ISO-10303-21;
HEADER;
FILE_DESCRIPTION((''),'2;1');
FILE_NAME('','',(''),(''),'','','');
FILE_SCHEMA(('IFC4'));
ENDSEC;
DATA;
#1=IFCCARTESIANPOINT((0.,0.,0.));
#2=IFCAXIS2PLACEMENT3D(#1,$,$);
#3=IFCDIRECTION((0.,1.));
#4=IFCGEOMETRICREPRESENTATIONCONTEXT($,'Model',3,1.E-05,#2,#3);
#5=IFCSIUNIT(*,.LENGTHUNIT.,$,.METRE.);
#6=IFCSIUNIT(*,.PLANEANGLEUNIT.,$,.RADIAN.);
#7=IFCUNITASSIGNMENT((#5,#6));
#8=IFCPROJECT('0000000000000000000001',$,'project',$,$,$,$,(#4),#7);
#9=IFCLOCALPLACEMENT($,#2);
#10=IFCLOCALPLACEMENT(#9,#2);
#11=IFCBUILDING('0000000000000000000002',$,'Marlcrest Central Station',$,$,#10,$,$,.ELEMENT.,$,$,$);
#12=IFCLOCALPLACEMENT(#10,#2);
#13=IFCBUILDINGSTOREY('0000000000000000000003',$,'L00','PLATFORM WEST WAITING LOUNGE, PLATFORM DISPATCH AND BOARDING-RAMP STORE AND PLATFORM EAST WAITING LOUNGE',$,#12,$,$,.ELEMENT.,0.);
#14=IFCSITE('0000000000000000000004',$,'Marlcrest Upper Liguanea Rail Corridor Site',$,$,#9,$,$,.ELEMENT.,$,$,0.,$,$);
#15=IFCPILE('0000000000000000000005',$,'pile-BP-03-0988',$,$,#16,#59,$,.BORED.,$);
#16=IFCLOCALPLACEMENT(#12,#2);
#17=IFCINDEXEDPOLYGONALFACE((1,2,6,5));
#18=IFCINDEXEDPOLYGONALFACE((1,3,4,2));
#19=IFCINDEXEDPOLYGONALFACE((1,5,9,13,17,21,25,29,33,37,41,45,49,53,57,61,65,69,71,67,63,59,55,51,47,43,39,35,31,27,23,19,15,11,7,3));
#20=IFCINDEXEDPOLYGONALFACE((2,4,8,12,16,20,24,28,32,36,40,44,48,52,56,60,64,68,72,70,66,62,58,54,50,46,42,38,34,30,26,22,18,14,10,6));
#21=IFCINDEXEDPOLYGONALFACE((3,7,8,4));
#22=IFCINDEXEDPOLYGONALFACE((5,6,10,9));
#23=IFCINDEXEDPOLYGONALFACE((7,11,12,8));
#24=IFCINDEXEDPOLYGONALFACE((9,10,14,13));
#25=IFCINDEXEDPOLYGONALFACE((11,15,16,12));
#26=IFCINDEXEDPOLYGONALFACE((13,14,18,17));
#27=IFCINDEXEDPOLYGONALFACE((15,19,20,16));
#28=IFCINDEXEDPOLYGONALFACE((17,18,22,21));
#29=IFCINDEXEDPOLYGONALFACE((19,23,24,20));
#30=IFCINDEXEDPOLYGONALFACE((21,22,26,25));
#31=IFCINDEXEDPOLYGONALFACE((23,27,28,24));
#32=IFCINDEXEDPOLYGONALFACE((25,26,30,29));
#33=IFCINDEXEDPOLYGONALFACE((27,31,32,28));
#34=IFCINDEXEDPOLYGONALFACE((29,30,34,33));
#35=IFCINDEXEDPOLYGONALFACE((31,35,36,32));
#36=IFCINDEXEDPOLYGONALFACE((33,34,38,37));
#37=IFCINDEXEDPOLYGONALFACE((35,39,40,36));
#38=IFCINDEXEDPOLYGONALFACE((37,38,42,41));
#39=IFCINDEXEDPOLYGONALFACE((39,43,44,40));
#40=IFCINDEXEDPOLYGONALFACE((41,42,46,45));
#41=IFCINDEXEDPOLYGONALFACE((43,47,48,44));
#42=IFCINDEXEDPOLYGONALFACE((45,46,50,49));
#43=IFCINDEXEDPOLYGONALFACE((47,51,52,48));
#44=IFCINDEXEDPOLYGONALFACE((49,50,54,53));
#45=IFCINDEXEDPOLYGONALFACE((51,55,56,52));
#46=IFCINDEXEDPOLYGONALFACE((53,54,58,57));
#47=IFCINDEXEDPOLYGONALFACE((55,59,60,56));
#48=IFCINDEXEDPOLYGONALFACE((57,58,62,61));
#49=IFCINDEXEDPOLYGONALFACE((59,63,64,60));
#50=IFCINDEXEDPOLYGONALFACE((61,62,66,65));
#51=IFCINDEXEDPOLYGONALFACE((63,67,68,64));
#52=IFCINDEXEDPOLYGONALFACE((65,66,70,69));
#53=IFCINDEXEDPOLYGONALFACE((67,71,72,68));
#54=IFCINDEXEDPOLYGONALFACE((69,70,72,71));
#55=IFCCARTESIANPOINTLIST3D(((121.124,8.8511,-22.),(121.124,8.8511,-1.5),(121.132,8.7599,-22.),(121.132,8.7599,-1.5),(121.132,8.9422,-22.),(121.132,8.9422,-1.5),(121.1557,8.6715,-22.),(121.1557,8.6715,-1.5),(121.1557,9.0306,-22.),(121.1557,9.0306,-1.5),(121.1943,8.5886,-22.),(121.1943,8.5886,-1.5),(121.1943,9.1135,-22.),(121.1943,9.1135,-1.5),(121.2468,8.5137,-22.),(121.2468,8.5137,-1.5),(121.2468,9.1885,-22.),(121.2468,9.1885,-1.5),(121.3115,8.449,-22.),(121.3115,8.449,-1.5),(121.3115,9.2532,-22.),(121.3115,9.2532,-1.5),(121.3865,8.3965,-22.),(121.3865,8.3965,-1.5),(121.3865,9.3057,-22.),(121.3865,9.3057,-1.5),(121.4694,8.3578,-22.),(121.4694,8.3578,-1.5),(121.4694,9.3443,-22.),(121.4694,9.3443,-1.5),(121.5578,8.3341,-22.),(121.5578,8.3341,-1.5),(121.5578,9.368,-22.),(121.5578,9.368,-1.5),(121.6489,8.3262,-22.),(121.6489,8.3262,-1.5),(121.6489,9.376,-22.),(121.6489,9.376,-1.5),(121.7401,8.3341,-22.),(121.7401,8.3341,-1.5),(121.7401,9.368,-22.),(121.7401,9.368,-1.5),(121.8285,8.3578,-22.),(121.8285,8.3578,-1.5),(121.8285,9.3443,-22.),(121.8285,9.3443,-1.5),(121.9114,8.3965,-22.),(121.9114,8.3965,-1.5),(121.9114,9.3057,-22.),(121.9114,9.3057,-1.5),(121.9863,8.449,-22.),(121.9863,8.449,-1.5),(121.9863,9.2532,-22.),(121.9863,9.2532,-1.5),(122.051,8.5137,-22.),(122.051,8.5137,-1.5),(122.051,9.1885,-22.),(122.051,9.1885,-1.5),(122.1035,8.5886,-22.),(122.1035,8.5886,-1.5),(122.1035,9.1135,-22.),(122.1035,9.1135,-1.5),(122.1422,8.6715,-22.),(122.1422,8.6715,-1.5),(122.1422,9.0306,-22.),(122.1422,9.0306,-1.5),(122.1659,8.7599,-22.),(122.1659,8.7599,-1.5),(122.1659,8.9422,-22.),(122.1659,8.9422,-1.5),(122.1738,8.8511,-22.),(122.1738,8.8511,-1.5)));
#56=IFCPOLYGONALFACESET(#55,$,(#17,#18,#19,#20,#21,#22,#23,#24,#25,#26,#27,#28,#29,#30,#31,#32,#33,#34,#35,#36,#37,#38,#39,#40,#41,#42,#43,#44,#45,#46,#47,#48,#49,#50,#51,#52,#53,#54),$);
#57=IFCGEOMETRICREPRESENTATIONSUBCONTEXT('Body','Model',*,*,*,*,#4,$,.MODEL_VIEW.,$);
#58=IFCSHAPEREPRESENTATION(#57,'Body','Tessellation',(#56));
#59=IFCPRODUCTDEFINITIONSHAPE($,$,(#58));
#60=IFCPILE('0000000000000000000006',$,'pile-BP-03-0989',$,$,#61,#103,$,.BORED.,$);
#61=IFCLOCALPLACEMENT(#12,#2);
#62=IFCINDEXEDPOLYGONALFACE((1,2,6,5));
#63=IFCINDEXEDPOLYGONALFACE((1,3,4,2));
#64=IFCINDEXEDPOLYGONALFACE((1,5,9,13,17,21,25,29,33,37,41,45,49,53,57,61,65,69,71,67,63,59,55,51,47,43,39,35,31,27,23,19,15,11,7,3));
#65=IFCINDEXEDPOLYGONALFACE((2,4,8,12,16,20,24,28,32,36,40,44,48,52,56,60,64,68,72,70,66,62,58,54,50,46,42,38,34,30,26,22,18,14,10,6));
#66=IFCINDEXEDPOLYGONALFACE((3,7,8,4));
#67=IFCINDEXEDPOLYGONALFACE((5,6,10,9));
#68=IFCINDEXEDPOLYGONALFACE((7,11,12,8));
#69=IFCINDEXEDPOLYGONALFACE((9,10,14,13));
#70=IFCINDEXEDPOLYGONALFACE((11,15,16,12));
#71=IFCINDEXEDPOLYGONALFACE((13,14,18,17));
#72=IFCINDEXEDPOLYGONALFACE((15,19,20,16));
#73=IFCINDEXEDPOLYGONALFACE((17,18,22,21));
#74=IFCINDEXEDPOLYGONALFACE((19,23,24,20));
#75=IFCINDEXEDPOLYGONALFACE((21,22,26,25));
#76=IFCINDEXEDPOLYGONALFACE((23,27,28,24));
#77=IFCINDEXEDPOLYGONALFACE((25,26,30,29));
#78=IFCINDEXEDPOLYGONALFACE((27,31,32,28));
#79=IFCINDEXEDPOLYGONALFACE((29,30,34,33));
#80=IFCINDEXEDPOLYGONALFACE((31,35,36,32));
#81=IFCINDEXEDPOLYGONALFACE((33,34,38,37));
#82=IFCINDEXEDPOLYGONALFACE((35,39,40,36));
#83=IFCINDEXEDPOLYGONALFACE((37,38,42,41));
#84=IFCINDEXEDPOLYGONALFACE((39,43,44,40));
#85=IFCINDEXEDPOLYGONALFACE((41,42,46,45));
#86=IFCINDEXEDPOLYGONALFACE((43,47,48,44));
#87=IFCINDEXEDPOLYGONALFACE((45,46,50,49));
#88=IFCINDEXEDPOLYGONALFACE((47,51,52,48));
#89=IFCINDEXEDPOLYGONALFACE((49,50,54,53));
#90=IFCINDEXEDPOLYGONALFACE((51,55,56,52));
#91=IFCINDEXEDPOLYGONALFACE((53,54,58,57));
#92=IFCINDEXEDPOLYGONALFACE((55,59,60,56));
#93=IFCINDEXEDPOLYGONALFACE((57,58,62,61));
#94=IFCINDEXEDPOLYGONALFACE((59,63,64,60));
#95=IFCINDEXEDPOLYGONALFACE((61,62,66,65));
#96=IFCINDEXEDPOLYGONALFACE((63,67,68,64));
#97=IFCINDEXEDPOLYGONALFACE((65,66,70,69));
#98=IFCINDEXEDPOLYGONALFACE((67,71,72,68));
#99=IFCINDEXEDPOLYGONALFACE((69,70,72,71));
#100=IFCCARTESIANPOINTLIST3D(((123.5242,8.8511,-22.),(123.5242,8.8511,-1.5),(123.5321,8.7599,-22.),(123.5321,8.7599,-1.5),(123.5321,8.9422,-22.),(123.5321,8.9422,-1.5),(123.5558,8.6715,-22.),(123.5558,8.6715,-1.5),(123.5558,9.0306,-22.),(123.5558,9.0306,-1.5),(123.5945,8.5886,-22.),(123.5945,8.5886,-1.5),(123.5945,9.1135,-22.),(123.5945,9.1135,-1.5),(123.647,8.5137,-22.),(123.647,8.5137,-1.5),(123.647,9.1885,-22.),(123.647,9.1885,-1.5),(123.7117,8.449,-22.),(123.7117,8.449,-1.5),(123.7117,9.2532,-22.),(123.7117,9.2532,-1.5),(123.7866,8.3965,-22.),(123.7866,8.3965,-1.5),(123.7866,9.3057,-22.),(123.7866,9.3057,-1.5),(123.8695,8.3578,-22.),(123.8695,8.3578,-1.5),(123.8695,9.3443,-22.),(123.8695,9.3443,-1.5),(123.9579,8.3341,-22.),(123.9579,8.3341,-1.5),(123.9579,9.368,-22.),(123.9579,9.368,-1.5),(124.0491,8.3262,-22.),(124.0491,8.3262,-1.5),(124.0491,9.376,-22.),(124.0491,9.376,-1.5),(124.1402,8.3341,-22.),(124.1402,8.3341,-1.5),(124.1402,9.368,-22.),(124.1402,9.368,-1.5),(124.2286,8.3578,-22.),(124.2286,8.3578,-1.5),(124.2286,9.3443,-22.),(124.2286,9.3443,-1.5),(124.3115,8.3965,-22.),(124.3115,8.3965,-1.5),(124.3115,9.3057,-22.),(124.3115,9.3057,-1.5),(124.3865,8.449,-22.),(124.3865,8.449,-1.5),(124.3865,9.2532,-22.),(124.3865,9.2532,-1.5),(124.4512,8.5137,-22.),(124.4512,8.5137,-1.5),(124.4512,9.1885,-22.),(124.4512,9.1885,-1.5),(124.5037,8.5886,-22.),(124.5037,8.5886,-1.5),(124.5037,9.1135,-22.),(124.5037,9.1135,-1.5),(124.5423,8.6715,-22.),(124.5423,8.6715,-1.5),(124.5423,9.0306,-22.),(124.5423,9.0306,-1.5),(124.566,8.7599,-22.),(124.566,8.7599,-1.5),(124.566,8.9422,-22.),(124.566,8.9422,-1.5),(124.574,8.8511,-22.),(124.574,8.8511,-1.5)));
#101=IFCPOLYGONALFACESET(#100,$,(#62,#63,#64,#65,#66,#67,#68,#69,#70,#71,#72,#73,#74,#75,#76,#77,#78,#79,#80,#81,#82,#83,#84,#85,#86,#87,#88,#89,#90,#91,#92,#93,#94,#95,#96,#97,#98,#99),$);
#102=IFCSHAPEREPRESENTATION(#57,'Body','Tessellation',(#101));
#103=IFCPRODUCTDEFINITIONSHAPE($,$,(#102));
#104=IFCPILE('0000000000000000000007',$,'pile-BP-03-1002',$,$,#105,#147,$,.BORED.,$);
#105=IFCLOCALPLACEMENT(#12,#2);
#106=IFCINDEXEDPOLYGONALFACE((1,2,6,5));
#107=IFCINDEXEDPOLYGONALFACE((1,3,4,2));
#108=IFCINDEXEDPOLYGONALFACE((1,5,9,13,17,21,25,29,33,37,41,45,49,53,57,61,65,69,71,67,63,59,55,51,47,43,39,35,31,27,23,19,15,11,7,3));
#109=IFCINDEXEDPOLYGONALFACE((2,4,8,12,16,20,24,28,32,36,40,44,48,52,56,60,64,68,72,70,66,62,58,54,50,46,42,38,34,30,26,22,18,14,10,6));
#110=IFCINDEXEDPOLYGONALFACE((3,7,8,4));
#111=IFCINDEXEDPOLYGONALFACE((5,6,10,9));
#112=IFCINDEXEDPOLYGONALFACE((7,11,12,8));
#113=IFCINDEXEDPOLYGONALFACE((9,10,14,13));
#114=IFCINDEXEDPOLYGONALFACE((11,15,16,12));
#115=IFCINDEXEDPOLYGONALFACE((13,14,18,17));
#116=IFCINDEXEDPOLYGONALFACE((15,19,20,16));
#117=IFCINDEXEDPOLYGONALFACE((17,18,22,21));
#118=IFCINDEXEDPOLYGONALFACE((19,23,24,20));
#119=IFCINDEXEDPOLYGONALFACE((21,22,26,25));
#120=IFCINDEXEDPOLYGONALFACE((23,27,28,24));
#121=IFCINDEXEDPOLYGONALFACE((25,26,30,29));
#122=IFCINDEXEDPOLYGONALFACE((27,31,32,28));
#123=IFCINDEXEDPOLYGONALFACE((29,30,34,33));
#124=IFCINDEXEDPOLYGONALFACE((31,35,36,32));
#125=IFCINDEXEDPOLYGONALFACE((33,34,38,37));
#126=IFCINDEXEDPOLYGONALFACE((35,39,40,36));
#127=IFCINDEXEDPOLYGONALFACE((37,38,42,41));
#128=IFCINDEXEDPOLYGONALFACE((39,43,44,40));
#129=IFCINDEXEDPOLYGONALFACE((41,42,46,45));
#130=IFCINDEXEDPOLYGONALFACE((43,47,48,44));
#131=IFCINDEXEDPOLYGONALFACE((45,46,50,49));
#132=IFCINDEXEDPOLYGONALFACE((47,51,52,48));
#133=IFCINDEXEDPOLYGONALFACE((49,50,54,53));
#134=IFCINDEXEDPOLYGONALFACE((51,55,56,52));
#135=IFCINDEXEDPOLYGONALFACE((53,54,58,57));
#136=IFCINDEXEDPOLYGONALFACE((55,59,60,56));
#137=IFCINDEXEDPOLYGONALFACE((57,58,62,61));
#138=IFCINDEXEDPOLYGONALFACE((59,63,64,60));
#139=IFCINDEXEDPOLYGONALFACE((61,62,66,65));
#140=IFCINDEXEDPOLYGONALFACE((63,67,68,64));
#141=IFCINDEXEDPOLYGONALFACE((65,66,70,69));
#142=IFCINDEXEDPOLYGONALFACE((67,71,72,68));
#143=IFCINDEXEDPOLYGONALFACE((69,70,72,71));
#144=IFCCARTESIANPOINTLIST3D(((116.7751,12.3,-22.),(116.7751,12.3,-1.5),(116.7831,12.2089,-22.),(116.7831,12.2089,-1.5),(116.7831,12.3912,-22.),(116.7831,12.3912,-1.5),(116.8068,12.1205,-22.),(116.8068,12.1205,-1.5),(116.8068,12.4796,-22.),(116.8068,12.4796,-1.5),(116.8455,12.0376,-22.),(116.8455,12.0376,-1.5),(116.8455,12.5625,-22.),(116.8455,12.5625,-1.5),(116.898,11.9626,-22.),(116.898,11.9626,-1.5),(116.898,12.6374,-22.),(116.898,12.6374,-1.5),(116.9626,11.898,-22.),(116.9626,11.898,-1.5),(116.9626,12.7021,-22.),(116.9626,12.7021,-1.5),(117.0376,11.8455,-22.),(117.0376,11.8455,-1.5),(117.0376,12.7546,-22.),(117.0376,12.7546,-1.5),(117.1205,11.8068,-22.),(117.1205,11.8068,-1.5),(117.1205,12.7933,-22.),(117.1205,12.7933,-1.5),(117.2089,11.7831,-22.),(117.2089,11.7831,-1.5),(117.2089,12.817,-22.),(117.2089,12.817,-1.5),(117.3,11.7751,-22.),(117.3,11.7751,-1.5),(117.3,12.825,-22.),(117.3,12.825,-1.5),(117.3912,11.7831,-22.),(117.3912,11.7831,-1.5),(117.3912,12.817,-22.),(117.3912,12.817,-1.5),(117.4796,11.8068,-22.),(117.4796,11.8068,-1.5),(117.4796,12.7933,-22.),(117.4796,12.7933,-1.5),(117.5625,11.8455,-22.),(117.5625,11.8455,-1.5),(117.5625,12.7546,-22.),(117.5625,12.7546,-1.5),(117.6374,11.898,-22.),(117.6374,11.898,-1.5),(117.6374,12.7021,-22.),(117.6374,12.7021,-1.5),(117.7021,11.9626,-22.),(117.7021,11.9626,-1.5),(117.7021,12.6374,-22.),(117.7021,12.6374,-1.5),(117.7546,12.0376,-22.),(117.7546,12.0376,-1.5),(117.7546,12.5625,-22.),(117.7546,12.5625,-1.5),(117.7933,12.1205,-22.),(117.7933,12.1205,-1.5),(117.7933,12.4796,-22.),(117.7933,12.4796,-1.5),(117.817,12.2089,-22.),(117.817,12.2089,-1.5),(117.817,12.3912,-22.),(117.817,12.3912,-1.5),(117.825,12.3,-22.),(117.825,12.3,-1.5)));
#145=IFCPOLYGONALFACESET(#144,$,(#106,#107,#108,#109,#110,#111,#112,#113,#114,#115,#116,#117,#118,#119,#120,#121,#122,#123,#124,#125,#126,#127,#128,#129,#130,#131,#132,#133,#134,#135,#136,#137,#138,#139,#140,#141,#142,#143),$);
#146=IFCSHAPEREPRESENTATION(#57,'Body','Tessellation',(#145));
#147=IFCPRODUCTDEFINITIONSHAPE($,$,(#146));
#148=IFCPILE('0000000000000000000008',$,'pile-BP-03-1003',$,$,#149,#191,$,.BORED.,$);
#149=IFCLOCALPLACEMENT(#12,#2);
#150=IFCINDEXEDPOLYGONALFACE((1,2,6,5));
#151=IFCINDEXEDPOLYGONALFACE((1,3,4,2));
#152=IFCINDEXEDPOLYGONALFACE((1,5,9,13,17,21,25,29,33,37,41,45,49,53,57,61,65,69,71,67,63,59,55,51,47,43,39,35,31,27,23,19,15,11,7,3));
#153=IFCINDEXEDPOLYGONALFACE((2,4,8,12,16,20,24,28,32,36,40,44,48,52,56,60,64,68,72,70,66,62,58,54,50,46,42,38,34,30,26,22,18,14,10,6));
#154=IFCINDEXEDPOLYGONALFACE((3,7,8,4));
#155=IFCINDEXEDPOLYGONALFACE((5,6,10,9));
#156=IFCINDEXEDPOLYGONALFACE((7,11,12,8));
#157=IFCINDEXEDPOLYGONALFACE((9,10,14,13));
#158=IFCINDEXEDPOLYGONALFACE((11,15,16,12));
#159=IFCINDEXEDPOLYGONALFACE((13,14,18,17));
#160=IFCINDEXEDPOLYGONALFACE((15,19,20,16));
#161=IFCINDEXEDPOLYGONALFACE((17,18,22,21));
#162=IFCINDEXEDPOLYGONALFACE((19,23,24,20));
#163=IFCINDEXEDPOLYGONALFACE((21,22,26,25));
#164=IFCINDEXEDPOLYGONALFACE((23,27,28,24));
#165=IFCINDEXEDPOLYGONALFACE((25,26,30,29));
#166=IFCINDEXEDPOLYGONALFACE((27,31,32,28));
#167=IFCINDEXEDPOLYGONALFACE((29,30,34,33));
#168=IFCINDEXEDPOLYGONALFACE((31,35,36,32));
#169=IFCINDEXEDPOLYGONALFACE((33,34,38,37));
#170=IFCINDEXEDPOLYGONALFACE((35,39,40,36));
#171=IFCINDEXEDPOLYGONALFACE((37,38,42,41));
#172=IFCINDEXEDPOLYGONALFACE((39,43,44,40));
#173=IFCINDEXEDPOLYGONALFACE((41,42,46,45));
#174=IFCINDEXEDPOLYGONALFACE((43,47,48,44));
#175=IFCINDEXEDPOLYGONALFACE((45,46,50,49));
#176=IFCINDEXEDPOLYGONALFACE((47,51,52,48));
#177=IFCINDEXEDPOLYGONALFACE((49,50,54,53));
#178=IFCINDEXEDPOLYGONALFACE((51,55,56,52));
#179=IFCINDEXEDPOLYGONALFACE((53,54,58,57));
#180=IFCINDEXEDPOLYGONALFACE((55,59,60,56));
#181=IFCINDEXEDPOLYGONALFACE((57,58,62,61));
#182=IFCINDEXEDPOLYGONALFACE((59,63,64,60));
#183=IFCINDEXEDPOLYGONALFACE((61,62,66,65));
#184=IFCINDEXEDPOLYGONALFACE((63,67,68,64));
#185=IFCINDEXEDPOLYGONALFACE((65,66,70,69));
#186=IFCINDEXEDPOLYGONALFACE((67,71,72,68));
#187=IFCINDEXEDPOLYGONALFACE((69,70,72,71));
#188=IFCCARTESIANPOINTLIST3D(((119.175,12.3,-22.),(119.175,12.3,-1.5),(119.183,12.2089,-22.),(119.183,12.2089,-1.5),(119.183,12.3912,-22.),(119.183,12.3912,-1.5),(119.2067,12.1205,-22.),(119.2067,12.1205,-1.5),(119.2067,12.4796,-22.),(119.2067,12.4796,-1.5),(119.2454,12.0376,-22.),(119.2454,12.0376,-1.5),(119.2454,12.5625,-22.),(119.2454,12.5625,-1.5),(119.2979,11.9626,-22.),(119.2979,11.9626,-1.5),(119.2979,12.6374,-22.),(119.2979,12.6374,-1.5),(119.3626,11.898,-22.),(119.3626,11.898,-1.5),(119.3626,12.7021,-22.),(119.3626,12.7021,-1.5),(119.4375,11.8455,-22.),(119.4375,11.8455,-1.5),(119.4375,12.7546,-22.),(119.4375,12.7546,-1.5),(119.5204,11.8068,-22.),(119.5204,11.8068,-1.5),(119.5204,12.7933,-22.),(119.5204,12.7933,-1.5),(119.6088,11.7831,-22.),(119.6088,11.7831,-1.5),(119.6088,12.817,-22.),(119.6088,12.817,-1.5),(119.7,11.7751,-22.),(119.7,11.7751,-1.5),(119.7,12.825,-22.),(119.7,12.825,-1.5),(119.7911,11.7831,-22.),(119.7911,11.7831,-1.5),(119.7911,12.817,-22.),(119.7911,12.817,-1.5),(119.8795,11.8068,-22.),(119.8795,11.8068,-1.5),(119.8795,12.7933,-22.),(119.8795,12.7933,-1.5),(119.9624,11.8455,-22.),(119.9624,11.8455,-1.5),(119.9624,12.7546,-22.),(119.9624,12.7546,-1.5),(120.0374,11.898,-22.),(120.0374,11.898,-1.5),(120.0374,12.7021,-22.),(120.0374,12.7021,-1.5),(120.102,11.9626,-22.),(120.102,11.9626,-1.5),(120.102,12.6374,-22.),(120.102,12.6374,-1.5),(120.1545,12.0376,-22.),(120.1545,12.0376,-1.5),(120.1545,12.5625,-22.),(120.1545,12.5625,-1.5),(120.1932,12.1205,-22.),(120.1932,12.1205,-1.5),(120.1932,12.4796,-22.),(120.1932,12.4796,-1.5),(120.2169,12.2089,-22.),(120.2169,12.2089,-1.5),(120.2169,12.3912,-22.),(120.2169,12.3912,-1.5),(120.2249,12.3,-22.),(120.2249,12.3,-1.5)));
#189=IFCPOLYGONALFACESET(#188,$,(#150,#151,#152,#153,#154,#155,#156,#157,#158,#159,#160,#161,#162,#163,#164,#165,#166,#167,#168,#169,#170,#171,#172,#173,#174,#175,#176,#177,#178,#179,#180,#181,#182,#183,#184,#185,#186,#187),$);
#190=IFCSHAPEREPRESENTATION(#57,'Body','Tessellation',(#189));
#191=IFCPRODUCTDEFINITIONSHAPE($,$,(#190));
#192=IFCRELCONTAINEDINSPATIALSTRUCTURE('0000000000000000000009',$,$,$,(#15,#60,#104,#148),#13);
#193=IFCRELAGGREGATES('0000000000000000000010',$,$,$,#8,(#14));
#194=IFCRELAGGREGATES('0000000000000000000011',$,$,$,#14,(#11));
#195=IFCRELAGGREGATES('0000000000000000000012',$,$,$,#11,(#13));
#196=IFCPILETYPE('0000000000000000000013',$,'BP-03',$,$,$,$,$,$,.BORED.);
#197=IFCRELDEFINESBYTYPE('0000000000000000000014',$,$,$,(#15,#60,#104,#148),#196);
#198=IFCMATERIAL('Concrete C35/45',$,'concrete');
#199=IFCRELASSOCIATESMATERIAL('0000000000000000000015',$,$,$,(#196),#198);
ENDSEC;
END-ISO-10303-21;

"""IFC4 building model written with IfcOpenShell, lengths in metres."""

from ifc_helpers import new_model, si_unit, direction, frame, origin, origin_2d, place, context, subcontext, project, spatial, circle, extrude, material, material_profile, profile_set, type_object, element, save


model = new_model("IFC4")

# Units and contexts
model_context = context("Model", 3, precision=1e-05, world=origin(), true_north=direction((0.0, 1.0)))
body_context = subcontext(model_context, "Body", "Model", "MODEL_VIEW")
ifc_project = project(units=[si_unit("LENGTHUNIT", "METRE"), si_unit("PLANEANGLEUNIT", "RADIAN")], contexts=[model_context])

# Site, building, storey
site_placement = place(None, origin())
site = spatial("IfcSite", under=ifc_project, at=site_placement, Name="Marlcrest Upper Liguanea Rail Corridor Site", CompositionType="ELEMENT", RefElevation=0.0)
building_placement = place(site_placement, origin())
building = spatial("IfcBuilding", under=site, at=building_placement, Name="Marlcrest Central Station", CompositionType="ELEMENT")
storey_placement = place(building_placement, origin())
storey = spatial("IfcBuildingStorey", under=building, at=storey_placement, Name="L00", Description="PLATFORM WEST WAITING LOUNGE, PLATFORM DISPATCH AND BOARDING-RAMP STORE AND PLATFORM EAST WAITING LOUNGE", CompositionType="ELEMENT", Elevation=0.0)

# Piles
ifc_material_1 = material(Name="Concrete C35/45", Category="concrete")
ifc_material_profile_1 = material_profile(ifc_material_1, circle(Radius=0.5249, at=origin_2d()), Name="PILE D1050")
ifc_profile_set_1 = profile_set([ifc_material_profile_1], Name="Concrete C35/45")
pile_type = type_object("IfcPileType", Name="BP-03", PredefinedType="BORED", material=ifc_profile_set_1)
for number, where, z_axis, x_axis, name in (
    (1, (121.6489, 8.8511, -1.5), (0.0, 0.0, -1.0), (1.0, 0.0, 0.0), "pile-BP-03-0988"),
    (2, (124.0491, 8.8511, -1.5), (0.0, 0.0, -1.0), (1.0, 0.0, 0.0), "pile-BP-03-0989"),
    (3, (117.3, 12.3, -1.5), (0.0, 0.0, -1.0), (1.0, 0.0, 0.0), "pile-BP-03-1002"),
    (4, (119.7, 12.3, -1.5), (0.0, 0.0, -1.0), (1.0, 0.0, 0.0), "pile-BP-03-1003"),
):
    element("IfcPile", number, at=place(storey_placement, frame(where, z_axis=z_axis, x_axis=x_axis)), inside=storey, type_object=pile_type, Name=name, PredefinedType="BORED", context=body_context, shape_type="SweptSolid", body=[
        extrude(circle(Radius=0.5249, at=origin_2d()), origin(), (0.0, 0.0, 1.0), 20.5),
    ])

save(model, "model.ifc")
